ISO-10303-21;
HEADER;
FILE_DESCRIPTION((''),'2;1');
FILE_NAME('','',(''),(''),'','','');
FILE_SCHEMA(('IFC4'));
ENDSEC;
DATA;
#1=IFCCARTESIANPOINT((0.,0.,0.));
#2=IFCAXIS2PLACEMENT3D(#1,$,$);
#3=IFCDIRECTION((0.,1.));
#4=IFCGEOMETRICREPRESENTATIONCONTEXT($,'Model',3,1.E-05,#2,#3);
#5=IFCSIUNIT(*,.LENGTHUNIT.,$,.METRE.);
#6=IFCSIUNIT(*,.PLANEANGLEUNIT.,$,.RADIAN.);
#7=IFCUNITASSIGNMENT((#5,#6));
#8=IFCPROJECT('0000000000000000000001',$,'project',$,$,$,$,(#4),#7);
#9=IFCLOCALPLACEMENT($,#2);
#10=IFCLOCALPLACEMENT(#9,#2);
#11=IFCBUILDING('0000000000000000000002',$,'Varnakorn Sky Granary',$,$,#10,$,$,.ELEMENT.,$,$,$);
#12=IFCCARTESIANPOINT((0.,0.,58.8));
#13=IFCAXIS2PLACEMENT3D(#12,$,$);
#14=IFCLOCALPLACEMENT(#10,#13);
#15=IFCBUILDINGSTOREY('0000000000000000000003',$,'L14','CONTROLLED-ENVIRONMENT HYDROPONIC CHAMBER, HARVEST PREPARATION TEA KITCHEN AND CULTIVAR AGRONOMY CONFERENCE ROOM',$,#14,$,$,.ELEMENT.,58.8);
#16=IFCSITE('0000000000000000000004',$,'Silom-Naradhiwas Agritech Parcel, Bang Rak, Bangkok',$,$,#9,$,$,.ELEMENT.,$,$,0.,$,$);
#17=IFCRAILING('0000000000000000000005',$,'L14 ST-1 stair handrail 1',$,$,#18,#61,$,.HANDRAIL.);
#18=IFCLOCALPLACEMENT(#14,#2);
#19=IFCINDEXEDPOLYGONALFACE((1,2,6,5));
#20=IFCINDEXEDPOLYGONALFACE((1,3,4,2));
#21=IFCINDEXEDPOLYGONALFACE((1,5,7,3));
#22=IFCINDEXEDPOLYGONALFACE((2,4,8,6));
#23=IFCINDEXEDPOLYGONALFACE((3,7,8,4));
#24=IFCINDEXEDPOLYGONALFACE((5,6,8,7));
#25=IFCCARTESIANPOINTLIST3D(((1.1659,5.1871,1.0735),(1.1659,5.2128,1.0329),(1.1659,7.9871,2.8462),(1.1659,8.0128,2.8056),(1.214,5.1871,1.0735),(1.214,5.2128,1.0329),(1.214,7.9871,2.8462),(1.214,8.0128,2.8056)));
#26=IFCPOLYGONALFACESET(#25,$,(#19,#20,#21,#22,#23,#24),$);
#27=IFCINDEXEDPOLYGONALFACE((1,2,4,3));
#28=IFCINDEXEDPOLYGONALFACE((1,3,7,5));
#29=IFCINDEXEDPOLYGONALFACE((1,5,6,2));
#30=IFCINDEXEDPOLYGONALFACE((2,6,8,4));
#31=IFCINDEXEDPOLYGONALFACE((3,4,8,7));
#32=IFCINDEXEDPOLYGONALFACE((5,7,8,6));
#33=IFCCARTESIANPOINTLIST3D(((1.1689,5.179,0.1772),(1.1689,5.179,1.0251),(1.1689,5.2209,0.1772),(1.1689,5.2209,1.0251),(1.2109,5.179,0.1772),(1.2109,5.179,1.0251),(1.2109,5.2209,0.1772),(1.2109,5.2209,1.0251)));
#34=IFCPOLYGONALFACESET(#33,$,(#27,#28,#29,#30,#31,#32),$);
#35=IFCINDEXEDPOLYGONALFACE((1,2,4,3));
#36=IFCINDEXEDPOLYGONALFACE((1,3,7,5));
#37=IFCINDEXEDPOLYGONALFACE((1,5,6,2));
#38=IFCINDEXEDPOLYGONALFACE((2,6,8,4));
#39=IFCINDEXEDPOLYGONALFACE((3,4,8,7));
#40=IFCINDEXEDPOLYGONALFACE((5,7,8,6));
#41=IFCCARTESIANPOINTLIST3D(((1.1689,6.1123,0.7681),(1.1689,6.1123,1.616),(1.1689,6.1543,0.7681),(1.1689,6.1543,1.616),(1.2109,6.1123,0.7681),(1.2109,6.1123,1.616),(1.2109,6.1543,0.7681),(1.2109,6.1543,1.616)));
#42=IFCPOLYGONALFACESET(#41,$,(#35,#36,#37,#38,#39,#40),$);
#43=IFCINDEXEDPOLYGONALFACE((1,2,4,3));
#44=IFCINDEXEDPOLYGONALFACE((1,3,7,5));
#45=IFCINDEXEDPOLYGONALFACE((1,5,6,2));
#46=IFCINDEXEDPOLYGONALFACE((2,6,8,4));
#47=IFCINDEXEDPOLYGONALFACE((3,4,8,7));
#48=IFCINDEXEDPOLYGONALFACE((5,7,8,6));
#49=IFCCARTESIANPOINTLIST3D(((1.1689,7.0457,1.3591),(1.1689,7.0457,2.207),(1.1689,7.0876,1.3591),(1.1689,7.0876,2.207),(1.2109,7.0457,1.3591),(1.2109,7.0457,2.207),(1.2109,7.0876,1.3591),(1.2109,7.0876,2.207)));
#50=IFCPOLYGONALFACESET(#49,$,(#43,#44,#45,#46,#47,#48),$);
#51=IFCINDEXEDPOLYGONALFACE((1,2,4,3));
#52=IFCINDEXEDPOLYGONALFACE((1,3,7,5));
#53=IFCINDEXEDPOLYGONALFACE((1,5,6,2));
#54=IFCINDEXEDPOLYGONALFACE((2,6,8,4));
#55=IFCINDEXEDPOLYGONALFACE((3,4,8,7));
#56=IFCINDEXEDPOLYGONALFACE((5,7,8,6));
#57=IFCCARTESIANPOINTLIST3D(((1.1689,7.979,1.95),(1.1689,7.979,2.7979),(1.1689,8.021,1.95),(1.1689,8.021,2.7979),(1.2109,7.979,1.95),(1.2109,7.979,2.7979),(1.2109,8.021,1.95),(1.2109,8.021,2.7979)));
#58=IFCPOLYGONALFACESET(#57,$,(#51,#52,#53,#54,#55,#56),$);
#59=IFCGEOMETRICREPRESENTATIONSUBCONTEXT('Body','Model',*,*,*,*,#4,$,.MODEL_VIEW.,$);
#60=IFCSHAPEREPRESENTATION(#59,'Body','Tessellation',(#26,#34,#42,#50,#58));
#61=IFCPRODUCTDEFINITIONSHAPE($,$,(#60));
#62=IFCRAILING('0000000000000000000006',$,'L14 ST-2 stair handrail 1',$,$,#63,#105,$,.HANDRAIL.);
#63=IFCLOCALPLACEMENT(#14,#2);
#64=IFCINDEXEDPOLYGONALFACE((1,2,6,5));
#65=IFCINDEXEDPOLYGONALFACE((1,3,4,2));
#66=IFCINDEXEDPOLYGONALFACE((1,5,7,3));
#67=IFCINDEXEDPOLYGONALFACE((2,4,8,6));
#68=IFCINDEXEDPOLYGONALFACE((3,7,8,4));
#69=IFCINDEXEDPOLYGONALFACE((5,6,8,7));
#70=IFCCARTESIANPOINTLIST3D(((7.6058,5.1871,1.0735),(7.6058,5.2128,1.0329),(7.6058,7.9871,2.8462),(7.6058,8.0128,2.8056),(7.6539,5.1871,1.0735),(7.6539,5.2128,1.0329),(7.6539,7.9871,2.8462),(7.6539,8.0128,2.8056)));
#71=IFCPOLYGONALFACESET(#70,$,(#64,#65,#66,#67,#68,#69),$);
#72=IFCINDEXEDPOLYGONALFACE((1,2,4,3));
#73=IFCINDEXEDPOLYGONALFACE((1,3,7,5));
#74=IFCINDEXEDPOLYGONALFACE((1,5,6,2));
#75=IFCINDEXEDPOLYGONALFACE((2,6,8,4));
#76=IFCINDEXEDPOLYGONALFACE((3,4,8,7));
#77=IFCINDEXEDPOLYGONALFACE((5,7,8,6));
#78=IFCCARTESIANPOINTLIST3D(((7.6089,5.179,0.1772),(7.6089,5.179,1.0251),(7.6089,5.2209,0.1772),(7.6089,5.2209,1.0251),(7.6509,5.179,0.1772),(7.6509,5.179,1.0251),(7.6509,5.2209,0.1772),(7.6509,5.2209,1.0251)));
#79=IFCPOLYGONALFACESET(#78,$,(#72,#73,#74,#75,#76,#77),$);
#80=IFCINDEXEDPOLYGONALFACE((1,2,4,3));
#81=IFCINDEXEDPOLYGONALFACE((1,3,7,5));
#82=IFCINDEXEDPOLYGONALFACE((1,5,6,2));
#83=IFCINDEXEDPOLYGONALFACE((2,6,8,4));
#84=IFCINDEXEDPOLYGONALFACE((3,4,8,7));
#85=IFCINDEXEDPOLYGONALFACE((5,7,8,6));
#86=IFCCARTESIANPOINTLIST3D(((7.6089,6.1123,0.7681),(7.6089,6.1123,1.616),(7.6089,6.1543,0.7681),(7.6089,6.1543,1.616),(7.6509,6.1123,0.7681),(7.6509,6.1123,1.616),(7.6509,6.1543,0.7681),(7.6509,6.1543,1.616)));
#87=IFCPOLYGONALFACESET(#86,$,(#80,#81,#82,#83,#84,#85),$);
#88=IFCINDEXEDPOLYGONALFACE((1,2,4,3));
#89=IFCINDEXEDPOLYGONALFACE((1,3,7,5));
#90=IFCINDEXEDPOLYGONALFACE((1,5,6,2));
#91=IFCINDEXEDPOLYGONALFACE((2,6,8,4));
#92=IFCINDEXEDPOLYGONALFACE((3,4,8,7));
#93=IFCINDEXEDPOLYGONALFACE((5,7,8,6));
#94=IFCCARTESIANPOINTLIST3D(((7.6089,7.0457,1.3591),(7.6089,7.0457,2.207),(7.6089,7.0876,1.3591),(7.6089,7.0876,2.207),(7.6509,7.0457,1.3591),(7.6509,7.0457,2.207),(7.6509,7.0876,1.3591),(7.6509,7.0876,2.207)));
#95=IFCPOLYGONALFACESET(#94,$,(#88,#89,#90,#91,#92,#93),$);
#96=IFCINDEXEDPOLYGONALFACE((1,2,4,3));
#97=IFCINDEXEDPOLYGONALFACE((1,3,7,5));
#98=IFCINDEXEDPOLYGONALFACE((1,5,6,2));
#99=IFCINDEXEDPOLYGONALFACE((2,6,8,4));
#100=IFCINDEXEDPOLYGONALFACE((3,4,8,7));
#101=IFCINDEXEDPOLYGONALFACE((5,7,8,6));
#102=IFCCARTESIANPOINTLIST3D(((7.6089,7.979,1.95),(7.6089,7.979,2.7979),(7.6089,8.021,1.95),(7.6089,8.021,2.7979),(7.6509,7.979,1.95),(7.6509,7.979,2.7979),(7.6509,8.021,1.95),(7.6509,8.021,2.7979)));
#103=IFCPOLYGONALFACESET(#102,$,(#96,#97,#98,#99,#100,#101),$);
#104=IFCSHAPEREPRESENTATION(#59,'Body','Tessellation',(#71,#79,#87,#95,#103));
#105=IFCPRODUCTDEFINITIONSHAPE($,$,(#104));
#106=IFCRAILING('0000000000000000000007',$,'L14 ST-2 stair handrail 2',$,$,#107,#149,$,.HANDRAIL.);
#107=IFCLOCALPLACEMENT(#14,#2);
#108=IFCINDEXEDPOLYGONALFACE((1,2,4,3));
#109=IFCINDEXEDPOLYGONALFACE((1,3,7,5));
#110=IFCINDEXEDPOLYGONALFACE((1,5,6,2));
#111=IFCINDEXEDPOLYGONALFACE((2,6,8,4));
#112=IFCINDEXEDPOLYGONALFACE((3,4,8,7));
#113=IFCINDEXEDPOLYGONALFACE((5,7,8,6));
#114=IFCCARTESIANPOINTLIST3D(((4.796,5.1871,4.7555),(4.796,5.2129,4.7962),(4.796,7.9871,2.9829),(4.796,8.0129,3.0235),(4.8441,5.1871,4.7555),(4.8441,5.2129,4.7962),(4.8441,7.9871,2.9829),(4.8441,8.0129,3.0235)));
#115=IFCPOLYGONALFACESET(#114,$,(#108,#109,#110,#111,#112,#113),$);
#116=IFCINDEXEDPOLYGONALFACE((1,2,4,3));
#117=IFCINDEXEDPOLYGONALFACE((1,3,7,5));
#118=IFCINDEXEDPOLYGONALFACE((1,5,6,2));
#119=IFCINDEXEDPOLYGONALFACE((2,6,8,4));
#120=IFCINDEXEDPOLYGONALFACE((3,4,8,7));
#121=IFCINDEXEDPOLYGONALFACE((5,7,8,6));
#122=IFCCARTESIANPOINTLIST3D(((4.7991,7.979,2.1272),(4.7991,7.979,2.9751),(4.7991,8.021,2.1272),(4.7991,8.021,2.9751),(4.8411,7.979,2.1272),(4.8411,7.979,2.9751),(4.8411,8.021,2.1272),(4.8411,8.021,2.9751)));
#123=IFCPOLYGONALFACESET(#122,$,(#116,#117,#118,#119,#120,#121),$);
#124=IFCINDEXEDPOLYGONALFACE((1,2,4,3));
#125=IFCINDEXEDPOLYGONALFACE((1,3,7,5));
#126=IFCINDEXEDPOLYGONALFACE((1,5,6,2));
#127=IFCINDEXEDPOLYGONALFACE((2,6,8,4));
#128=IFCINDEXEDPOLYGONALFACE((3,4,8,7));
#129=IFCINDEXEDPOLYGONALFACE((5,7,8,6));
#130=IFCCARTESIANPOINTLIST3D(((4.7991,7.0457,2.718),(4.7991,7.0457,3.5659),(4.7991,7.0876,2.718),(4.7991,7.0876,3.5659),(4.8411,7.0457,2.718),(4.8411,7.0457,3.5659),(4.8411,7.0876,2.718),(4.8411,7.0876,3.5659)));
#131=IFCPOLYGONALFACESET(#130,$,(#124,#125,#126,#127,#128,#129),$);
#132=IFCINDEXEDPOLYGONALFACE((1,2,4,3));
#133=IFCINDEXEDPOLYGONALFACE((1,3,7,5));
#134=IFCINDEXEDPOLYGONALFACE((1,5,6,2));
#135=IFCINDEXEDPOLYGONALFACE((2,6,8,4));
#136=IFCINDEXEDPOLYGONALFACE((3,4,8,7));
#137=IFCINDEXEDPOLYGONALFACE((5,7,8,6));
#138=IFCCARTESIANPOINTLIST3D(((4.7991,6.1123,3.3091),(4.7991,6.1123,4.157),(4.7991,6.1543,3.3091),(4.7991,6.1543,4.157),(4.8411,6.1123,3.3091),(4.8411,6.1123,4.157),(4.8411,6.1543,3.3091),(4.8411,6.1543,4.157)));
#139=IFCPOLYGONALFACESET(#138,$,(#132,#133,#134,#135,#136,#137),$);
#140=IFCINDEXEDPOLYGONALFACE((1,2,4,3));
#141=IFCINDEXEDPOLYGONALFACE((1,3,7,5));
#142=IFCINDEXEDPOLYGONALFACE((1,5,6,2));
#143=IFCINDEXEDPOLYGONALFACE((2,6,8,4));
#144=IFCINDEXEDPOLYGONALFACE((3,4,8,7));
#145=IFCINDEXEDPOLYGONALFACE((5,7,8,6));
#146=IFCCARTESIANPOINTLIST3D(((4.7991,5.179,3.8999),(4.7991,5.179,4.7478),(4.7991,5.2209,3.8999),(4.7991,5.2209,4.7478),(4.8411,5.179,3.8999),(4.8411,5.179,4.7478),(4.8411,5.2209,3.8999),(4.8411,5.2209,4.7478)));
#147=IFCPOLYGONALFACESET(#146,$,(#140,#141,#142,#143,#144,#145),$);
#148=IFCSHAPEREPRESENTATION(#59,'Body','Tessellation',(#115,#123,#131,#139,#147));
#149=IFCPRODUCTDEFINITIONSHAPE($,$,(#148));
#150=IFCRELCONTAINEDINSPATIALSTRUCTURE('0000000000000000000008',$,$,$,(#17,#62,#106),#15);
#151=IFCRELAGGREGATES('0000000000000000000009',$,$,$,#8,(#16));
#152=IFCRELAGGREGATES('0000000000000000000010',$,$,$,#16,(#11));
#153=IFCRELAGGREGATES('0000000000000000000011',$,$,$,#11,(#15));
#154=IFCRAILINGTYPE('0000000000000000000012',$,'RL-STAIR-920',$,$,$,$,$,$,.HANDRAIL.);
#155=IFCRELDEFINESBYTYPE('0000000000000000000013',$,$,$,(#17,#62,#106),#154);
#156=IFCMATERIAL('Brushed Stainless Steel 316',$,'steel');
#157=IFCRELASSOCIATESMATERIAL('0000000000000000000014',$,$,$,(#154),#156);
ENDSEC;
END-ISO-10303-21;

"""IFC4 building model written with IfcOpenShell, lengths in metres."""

from ifc_helpers import new_model, si_unit, direction, frame, origin, origin_2d, place, context, subcontext, project, spatial, rectangle, extrude, material, type_object, element, save


model = new_model("IFC4")

# Units and contexts
model_context = context("Model", 3, precision=1e-05, world=origin(), true_north=direction((0.0, 1.0)))
body_context = subcontext(model_context, "Body", "Model", "MODEL_VIEW")
ifc_project = project(units=[si_unit("LENGTHUNIT", "METRE"), si_unit("PLANEANGLEUNIT", "RADIAN")], contexts=[model_context])

# Site, building, storey
site_placement = place(None, origin())
site = spatial("IfcSite", under=ifc_project, at=site_placement, Name="Silom-Naradhiwas Agritech Parcel, Bang Rak, Bangkok", CompositionType="ELEMENT", RefElevation=0.0)
building_placement = place(site_placement, origin())
building = spatial("IfcBuilding", under=site, at=building_placement, Name="Varnakorn Sky Granary", CompositionType="ELEMENT")
storey_placement = place(building_placement, frame((0.0, 0.0, 58.8)))
storey = spatial("IfcBuildingStorey", under=building, at=storey_placement, Name="L14", Description="CONTROLLED-ENVIRONMENT HYDROPONIC CHAMBER, HARVEST PREPARATION TEA KITCHEN AND CULTIVAR AGRONOMY CONFERENCE ROOM", CompositionType="ELEMENT", Elevation=58.8)

# Railings
ifc_material_1 = material(Name="Brushed Stainless Steel 316", Category="steel")
railing_type_1 = type_object("IfcRailingType", Name="RL-STAIR-920", PredefinedType="HANDRAIL", material=ifc_material_1)
for number, where, name in (
    (1, (1.1899, 5.2, 0.1772), "L14 ST-1 stair handrail 1"),
    (2, (7.6299, 5.2, 0.1772), "L14 ST-2 stair handrail 1"),
):
    element("IfcRailing", number, at=place(storey_placement, frame(where)), inside=storey, type_object=railing_type_1, Name=name, PredefinedType="HANDRAIL", context=body_context, shape_type="SweptSolid", body=[
        extrude(rectangle(XDim=0.0481, YDim=0.0481, at=origin_2d()), frame((0.0, 0.0, 0.876), z_axis=(0.0, 0.844909, 0.53491), x_axis=(-1.0, 0.0, 0.0)), (0.0, 0.0, 1.0), 3.314),
        extrude(rectangle(XDim=0.042, YDim=0.042, at=origin_2d()), origin(), (0.0, 0.0, 1.0), 0.8479),
        extrude(rectangle(XDim=0.042, YDim=0.042, at=origin_2d()), frame((0.0, 0.9333, 0.5908)), (0.0, 0.0, 1.0), 0.8479),
        extrude(rectangle(XDim=0.042, YDim=0.042, at=origin_2d()), frame((0.0, 1.8667, 1.1819)), (0.0, 0.0, 1.0), 0.8479),
        extrude(rectangle(XDim=0.042, YDim=0.042, at=origin_2d()), frame((0.0, 2.8, 1.7727)), (0.0, 0.0, 1.0), 0.8479),
    ])
railing_1_placement = place(storey_placement, frame((4.8201, 8.0, 2.1272)))
element("IfcRailing", 3, at=railing_1_placement, inside=storey, type_object=railing_type_1, Name="L14 ST-2 stair handrail 2", PredefinedType="HANDRAIL", context=body_context, shape_type="SweptSolid", body=[
    extrude(rectangle(XDim=0.0481, YDim=0.0481, at=origin_2d()), frame((0.0, 0.0, 0.876), z_axis=(0.0, -0.844909, 0.53491), x_axis=(1.0, 0.0, 0.0)), (0.0, 0.0, 1.0), 3.314),
    extrude(rectangle(XDim=0.042, YDim=0.042, at=origin_2d()), origin(), (0.0, 0.0, 1.0), 0.8479),
    extrude(rectangle(XDim=0.042, YDim=0.042, at=origin_2d()), frame((0.0, -0.9333, 0.5908)), (0.0, 0.0, 1.0), 0.8479),
    extrude(rectangle(XDim=0.042, YDim=0.042, at=origin_2d()), frame((0.0, -1.8667, 1.1819)), (0.0, 0.0, 1.0), 0.8479),
    extrude(rectangle(XDim=0.042, YDim=0.042, at=origin_2d()), frame((0.0, -2.8, 1.7727)), (0.0, 0.0, 1.0), 0.8479),
])

save(model, "model.ifc")
